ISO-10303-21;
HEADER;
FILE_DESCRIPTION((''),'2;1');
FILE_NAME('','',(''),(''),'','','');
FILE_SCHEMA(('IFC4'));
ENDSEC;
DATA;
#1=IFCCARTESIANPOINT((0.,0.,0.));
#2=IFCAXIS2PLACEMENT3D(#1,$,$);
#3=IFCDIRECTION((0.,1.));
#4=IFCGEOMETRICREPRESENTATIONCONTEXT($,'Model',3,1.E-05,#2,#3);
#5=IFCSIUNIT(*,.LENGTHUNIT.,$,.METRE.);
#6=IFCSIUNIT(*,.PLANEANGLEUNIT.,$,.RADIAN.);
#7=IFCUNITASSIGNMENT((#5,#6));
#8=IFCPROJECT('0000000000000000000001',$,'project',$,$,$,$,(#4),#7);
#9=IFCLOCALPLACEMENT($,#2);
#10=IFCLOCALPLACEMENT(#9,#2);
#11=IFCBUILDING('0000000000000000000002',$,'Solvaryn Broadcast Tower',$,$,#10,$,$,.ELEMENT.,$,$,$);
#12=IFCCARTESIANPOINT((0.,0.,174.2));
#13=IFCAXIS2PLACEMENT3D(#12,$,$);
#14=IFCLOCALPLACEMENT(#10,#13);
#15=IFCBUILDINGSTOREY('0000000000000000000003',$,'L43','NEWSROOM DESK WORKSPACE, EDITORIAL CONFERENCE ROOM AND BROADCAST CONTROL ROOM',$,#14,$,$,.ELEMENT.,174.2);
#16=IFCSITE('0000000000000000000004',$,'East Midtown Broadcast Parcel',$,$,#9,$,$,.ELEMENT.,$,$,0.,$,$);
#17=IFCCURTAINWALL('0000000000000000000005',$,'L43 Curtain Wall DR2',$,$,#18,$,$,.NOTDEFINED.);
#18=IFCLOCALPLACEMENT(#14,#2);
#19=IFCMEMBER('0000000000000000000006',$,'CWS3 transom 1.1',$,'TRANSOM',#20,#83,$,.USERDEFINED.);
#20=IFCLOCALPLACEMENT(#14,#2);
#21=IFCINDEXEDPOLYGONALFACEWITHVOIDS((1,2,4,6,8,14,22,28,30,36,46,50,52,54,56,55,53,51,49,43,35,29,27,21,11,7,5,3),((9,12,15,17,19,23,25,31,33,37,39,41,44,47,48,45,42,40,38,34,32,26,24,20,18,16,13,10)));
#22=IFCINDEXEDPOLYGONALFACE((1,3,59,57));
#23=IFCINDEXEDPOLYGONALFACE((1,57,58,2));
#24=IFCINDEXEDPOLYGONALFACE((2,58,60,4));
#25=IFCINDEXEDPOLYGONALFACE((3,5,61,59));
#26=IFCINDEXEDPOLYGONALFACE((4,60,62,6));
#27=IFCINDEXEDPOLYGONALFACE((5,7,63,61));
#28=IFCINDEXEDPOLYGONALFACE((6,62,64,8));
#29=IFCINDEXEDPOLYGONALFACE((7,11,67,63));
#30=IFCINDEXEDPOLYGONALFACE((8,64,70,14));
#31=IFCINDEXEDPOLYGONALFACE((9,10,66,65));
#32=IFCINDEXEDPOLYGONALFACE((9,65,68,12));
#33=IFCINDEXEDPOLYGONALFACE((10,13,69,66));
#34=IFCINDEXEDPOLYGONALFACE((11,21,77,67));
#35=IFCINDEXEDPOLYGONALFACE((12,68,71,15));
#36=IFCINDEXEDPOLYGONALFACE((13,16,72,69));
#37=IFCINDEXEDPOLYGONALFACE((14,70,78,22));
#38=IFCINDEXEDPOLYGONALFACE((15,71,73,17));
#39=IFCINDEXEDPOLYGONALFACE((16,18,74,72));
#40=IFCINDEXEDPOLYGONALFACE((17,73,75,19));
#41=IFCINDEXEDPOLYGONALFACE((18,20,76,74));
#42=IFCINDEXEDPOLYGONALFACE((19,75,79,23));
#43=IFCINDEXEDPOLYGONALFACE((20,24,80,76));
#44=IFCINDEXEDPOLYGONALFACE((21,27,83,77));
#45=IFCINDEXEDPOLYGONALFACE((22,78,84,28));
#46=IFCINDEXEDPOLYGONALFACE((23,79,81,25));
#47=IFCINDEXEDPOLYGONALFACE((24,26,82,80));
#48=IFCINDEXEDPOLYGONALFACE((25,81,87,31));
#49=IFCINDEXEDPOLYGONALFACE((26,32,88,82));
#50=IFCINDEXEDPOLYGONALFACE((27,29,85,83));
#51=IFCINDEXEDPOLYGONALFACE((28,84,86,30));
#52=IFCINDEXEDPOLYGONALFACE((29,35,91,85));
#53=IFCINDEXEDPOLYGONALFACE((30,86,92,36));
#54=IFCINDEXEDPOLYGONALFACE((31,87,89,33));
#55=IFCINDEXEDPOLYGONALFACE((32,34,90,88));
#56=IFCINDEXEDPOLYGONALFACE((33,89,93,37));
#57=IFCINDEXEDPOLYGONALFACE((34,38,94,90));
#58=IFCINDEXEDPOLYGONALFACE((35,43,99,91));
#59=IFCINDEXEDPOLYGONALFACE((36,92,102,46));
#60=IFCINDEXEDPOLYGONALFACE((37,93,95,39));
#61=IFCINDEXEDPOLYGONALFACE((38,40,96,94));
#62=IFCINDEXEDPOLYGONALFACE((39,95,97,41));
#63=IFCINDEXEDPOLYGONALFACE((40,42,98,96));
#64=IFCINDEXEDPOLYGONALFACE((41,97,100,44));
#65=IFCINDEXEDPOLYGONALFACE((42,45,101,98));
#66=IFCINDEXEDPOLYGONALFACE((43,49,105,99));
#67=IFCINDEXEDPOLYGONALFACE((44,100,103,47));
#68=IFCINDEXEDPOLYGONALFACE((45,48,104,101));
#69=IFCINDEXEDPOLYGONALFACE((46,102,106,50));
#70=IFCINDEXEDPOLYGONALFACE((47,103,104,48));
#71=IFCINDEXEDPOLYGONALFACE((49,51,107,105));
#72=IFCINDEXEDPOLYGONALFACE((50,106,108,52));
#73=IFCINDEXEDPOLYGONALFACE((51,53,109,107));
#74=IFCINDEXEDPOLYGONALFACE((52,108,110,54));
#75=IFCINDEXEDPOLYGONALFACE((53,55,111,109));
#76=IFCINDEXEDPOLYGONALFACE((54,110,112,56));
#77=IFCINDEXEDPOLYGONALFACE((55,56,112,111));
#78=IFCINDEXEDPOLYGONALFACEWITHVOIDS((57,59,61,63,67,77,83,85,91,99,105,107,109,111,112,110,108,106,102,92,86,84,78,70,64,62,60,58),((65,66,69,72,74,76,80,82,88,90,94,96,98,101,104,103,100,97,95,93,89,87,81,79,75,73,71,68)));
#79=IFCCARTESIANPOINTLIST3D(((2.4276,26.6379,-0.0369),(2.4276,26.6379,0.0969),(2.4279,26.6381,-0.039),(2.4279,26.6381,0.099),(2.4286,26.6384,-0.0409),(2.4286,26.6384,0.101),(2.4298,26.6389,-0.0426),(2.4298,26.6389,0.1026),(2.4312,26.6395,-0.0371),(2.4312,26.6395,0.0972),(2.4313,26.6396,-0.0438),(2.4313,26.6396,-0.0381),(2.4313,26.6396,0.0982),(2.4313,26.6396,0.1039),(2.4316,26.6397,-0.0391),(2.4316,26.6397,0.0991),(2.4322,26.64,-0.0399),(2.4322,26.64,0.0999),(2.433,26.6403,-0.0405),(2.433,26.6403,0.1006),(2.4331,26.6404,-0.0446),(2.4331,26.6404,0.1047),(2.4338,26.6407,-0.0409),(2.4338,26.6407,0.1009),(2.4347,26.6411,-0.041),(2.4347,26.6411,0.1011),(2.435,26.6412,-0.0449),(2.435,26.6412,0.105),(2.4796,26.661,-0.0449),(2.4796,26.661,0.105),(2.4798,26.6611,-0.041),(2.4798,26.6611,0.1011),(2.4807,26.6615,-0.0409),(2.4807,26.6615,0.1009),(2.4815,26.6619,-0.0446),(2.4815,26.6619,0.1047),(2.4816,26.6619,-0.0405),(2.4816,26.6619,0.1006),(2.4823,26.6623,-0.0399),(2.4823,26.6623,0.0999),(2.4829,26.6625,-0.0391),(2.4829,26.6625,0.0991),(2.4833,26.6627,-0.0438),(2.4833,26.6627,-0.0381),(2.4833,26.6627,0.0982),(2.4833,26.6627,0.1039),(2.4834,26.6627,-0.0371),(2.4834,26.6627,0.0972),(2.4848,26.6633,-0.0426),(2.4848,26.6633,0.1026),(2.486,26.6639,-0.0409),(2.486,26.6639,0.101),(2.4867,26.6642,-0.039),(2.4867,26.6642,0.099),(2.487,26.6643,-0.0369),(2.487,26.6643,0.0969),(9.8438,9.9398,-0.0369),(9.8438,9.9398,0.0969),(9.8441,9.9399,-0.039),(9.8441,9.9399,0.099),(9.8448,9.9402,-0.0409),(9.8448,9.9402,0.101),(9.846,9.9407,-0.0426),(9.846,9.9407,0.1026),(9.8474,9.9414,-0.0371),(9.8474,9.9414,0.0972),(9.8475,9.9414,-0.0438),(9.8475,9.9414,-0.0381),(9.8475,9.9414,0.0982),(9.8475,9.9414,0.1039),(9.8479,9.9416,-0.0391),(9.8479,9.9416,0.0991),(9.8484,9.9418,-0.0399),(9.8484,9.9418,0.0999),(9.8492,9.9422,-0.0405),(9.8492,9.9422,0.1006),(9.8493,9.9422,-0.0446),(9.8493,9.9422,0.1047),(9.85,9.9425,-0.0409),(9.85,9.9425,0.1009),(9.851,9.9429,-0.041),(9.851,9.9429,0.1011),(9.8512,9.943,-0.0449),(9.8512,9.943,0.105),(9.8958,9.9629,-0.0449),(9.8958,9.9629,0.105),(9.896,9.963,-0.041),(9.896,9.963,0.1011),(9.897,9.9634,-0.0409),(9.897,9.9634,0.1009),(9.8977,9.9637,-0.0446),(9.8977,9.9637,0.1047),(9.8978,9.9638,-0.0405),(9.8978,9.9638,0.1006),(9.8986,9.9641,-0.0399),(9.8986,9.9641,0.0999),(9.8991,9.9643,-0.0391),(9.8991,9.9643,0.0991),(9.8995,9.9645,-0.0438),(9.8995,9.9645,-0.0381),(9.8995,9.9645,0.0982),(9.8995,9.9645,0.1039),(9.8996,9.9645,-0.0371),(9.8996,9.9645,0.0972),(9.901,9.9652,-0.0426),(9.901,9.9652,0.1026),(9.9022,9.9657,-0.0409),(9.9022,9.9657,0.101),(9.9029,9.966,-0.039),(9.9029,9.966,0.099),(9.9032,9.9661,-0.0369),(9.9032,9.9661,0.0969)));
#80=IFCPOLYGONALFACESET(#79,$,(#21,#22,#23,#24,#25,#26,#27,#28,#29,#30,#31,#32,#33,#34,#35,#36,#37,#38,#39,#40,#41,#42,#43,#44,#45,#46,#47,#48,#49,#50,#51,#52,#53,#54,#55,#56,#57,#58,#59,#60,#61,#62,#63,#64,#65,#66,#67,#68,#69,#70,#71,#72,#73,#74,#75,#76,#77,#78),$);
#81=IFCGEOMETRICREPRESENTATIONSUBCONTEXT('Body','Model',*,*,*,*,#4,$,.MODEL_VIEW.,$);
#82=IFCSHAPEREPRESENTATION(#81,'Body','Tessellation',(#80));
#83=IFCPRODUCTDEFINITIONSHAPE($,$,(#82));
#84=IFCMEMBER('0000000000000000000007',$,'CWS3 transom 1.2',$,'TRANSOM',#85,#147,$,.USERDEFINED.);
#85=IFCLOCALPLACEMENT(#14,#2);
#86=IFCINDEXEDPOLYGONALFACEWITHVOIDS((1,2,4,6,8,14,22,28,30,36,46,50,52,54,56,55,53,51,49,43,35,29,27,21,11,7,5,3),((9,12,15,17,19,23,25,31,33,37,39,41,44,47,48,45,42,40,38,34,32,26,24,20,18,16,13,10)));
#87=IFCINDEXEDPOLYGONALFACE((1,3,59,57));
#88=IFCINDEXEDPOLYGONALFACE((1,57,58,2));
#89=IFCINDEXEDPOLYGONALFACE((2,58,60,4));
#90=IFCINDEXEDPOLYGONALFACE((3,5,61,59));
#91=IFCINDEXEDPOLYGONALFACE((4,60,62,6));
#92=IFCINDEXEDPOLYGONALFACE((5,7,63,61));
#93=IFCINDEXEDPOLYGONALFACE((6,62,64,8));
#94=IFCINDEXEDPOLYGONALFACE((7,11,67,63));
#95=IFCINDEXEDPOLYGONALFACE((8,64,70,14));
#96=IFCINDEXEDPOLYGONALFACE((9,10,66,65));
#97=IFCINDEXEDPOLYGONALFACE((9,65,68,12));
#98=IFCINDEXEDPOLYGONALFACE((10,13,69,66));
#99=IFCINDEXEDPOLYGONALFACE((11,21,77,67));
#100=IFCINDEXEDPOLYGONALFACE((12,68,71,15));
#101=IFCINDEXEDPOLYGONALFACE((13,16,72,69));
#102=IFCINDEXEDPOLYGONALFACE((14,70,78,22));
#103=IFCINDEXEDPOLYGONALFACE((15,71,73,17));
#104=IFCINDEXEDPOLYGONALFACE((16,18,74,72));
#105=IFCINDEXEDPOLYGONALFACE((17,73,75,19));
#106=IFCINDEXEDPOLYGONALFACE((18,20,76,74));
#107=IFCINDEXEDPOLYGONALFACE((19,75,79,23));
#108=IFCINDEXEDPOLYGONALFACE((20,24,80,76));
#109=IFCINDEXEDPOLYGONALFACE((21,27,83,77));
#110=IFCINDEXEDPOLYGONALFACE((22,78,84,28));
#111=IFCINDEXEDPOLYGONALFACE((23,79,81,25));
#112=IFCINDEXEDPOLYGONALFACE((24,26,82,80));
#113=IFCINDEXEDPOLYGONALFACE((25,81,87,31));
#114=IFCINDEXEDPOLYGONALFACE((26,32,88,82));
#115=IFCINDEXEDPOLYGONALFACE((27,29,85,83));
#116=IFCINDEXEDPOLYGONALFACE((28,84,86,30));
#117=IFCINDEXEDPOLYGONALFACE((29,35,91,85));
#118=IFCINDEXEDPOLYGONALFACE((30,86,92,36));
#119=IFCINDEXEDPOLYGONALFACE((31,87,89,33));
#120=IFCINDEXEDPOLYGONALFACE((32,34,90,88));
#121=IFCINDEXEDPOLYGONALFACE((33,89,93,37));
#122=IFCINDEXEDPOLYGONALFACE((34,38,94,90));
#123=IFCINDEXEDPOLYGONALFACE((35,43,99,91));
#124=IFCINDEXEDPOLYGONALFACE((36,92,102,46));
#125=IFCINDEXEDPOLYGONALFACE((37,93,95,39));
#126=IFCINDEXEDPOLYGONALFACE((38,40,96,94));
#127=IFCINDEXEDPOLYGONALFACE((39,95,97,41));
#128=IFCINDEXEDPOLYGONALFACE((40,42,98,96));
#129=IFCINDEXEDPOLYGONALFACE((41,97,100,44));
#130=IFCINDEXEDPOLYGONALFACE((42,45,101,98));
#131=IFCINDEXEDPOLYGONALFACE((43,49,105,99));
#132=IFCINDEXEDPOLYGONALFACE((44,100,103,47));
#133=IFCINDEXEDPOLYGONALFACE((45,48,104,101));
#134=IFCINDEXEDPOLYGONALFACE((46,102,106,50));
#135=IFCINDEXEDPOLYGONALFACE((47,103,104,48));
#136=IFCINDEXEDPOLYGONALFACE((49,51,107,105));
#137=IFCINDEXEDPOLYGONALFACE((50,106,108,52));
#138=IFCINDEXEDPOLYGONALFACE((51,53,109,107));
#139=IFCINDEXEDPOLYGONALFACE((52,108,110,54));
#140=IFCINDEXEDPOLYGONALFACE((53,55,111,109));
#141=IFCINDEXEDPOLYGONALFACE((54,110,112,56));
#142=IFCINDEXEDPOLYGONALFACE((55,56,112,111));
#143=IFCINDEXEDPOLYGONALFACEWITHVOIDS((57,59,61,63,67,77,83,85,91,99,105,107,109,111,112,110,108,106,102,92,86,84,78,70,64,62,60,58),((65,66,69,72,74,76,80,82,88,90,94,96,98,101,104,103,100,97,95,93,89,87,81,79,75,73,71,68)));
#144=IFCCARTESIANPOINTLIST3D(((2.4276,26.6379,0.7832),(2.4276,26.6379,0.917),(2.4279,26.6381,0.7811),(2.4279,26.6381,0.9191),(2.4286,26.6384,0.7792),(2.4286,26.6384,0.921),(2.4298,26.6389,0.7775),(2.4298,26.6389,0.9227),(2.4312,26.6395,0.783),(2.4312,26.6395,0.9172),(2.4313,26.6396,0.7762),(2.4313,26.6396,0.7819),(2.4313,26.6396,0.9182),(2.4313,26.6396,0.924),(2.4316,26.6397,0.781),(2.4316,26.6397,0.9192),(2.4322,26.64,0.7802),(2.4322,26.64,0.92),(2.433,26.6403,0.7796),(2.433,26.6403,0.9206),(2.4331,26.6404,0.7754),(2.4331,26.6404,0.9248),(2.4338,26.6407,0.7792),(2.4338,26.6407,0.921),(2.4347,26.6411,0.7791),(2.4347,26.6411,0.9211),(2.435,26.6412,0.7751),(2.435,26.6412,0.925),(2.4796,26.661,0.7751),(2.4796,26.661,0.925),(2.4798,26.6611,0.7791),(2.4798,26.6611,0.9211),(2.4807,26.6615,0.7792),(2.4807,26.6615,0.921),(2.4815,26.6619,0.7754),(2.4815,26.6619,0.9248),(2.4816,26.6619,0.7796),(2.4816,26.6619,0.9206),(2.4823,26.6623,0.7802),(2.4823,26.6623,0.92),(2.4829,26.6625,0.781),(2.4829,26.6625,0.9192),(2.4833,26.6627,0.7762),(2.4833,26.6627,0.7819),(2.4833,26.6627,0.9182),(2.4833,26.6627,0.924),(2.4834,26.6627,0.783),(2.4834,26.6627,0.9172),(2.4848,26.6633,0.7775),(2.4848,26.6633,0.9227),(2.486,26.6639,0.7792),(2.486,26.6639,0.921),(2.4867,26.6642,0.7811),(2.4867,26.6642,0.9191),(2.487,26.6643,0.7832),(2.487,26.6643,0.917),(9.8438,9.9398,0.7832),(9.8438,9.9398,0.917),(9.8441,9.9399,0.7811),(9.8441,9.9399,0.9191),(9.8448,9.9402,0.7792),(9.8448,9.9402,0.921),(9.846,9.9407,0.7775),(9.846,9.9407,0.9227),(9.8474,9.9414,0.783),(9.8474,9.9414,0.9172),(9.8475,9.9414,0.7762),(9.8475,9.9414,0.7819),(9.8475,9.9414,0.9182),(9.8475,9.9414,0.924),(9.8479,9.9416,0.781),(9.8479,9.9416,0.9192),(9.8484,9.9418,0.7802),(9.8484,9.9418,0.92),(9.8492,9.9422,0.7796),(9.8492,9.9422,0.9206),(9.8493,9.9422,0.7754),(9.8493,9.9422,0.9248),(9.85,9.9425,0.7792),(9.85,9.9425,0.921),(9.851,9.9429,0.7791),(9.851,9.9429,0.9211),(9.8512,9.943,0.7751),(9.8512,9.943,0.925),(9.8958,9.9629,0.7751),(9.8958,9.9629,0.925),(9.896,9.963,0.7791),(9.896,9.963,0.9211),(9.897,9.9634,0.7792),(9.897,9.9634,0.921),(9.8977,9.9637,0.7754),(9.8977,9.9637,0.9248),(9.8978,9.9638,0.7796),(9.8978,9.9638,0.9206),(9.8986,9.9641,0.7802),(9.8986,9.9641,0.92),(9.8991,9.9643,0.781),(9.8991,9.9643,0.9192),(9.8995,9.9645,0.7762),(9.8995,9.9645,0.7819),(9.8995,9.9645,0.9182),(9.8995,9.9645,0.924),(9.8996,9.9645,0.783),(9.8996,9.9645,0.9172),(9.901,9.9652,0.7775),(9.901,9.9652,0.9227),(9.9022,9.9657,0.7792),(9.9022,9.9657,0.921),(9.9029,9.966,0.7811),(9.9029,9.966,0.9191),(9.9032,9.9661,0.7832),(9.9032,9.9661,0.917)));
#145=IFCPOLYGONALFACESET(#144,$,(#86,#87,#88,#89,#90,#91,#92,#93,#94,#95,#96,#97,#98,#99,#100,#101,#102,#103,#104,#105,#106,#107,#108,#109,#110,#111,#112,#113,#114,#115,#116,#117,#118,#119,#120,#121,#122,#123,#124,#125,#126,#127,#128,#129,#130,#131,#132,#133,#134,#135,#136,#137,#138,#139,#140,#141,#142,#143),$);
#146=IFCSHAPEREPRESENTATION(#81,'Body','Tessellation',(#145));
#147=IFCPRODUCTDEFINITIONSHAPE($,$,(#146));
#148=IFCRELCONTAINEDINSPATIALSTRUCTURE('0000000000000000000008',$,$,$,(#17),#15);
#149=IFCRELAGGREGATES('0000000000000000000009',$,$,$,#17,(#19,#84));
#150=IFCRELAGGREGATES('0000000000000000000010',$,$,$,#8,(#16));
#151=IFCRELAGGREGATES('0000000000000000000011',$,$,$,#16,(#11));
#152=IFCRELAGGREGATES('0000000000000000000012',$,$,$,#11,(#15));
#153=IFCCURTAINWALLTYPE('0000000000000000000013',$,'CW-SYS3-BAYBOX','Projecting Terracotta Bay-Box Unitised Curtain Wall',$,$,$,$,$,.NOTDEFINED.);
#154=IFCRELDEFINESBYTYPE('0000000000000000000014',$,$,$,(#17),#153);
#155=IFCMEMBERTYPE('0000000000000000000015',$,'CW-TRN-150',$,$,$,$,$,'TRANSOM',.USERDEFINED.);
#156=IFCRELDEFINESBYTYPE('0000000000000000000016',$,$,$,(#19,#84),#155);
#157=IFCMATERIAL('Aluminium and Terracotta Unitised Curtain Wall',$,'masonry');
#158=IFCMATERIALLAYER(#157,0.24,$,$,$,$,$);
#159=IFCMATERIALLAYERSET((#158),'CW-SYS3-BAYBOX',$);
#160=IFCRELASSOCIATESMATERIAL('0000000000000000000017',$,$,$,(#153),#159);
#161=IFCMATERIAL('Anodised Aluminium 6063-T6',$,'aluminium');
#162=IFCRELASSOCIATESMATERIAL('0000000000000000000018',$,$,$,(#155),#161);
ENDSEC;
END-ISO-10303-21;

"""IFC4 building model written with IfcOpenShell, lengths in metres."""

from ifc_helpers import new_model, si_unit, direction, frame, origin, origin_2d, place, context, subcontext, project, spatial, hollow_rectangle, extrude, material, layer, layer_set, material_profile, profile_set, type_object, element, aggregate, save


model = new_model("IFC4")

# Units and contexts
model_context = context("Model", 3, precision=1e-05, world=origin(), true_north=direction((0.0, 1.0)))
body_context = subcontext(model_context, "Body", "Model", "MODEL_VIEW")
ifc_project = project(units=[si_unit("LENGTHUNIT", "METRE"), si_unit("PLANEANGLEUNIT", "RADIAN")], contexts=[model_context])

# Site, building, storey
site_placement = place(None, origin())
site = spatial("IfcSite", under=ifc_project, at=site_placement, Name="East Midtown Broadcast Parcel", CompositionType="ELEMENT", RefElevation=0.0)
building_placement = place(site_placement, origin())
building = spatial("IfcBuilding", under=site, at=building_placement, Name="Solvaryn Broadcast Tower", CompositionType="ELEMENT")
storey_placement = place(building_placement, frame((0.0, 0.0, 174.2)))
storey = spatial("IfcBuildingStorey", under=building, at=storey_placement, Name="L43", Description="NEWSROOM DESK WORKSPACE, EDITORIAL CONFERENCE ROOM AND BROADCAST CONTROL ROOM", CompositionType="ELEMENT", Elevation=174.2)

# Curtain wall, members
ifc_material_1 = material(Name="Aluminium and Terracotta Unitised Curtain Wall", Category="masonry")
ifc_layer_1 = layer(ifc_material_1, 0.24)
ifc_layer_set_1 = layer_set([ifc_layer_1], Name="CW-SYS3-BAYBOX")
curtain_wall_type_1 = type_object("IfcCurtainWallType", Name="CW-SYS3-BAYBOX", Description="Projecting Terracotta Bay-Box Unitised Curtain Wall", PredefinedType="NOTDEFINED", material=ifc_layer_set_1)
curtain_wall_1_placement = place(storey_placement, origin())
curtain_wall_1 = element("IfcCurtainWall", 1, at=curtain_wall_1_placement, inside=storey, type_object=curtain_wall_type_1, Name="L43 Curtain Wall DR2", PredefinedType="NOTDEFINED")
ifc_material_2 = material(Name="Anodised Aluminium 6063-T6", Category="aluminium")
ifc_material_profile_1 = material_profile(ifc_material_2, hollow_rectangle(XDim=0.0649, YDim=0.1499, WallThickness=0.0039, InnerFilletRadius=0.0039, OuterFilletRadius=0.0081, at=origin_2d()))
ifc_profile_set_1 = profile_set([ifc_material_profile_1], Name="Anodised Aluminium 6063-T6")
member_type_1 = type_object("IfcMemberType", Name="CW-TRN-150", ElementType="TRANSOM", PredefinedType="USERDEFINED", material=ifc_profile_set_1)
member_1_placement = place(storey_placement, frame((2.4573, 26.6511, 0.03), z_axis=(0.405902, -0.913917, 0.0), x_axis=(0.913917, 0.405902, 0.0)))
member_1 = element("IfcMember", 2, at=member_1_placement, type_object=member_type_1, Name="CWS3 transom 1.1", ObjectType="TRANSOM", PredefinedType="USERDEFINED", context=body_context, shape_type="SweptSolid", body=[
    extrude(hollow_rectangle(XDim=0.0649, YDim=0.1499, WallThickness=0.0039, InnerFilletRadius=0.0039, OuterFilletRadius=0.0081, at=origin_2d()), origin(), (0.0, 0.0, 1.0), 18.271),
])
member_2_placement = place(storey_placement, frame((2.4573, 26.6511, 0.8501), z_axis=(0.405902, -0.913917, 0.0), x_axis=(0.913917, 0.405902, 0.0)))
member_2 = element("IfcMember", 3, at=member_2_placement, type_object=member_type_1, Name="CWS3 transom 1.2", ObjectType="TRANSOM", PredefinedType="USERDEFINED", context=body_context, shape_type="SweptSolid", body=[
    extrude(hollow_rectangle(XDim=0.0649, YDim=0.1499, WallThickness=0.0039, InnerFilletRadius=0.0039, OuterFilletRadius=0.0081, at=origin_2d()), origin(), (0.0, 0.0, 1.0), 18.271),
])
aggregate(curtain_wall_1, [member_1, member_2])

save(model, "model.ifc")
